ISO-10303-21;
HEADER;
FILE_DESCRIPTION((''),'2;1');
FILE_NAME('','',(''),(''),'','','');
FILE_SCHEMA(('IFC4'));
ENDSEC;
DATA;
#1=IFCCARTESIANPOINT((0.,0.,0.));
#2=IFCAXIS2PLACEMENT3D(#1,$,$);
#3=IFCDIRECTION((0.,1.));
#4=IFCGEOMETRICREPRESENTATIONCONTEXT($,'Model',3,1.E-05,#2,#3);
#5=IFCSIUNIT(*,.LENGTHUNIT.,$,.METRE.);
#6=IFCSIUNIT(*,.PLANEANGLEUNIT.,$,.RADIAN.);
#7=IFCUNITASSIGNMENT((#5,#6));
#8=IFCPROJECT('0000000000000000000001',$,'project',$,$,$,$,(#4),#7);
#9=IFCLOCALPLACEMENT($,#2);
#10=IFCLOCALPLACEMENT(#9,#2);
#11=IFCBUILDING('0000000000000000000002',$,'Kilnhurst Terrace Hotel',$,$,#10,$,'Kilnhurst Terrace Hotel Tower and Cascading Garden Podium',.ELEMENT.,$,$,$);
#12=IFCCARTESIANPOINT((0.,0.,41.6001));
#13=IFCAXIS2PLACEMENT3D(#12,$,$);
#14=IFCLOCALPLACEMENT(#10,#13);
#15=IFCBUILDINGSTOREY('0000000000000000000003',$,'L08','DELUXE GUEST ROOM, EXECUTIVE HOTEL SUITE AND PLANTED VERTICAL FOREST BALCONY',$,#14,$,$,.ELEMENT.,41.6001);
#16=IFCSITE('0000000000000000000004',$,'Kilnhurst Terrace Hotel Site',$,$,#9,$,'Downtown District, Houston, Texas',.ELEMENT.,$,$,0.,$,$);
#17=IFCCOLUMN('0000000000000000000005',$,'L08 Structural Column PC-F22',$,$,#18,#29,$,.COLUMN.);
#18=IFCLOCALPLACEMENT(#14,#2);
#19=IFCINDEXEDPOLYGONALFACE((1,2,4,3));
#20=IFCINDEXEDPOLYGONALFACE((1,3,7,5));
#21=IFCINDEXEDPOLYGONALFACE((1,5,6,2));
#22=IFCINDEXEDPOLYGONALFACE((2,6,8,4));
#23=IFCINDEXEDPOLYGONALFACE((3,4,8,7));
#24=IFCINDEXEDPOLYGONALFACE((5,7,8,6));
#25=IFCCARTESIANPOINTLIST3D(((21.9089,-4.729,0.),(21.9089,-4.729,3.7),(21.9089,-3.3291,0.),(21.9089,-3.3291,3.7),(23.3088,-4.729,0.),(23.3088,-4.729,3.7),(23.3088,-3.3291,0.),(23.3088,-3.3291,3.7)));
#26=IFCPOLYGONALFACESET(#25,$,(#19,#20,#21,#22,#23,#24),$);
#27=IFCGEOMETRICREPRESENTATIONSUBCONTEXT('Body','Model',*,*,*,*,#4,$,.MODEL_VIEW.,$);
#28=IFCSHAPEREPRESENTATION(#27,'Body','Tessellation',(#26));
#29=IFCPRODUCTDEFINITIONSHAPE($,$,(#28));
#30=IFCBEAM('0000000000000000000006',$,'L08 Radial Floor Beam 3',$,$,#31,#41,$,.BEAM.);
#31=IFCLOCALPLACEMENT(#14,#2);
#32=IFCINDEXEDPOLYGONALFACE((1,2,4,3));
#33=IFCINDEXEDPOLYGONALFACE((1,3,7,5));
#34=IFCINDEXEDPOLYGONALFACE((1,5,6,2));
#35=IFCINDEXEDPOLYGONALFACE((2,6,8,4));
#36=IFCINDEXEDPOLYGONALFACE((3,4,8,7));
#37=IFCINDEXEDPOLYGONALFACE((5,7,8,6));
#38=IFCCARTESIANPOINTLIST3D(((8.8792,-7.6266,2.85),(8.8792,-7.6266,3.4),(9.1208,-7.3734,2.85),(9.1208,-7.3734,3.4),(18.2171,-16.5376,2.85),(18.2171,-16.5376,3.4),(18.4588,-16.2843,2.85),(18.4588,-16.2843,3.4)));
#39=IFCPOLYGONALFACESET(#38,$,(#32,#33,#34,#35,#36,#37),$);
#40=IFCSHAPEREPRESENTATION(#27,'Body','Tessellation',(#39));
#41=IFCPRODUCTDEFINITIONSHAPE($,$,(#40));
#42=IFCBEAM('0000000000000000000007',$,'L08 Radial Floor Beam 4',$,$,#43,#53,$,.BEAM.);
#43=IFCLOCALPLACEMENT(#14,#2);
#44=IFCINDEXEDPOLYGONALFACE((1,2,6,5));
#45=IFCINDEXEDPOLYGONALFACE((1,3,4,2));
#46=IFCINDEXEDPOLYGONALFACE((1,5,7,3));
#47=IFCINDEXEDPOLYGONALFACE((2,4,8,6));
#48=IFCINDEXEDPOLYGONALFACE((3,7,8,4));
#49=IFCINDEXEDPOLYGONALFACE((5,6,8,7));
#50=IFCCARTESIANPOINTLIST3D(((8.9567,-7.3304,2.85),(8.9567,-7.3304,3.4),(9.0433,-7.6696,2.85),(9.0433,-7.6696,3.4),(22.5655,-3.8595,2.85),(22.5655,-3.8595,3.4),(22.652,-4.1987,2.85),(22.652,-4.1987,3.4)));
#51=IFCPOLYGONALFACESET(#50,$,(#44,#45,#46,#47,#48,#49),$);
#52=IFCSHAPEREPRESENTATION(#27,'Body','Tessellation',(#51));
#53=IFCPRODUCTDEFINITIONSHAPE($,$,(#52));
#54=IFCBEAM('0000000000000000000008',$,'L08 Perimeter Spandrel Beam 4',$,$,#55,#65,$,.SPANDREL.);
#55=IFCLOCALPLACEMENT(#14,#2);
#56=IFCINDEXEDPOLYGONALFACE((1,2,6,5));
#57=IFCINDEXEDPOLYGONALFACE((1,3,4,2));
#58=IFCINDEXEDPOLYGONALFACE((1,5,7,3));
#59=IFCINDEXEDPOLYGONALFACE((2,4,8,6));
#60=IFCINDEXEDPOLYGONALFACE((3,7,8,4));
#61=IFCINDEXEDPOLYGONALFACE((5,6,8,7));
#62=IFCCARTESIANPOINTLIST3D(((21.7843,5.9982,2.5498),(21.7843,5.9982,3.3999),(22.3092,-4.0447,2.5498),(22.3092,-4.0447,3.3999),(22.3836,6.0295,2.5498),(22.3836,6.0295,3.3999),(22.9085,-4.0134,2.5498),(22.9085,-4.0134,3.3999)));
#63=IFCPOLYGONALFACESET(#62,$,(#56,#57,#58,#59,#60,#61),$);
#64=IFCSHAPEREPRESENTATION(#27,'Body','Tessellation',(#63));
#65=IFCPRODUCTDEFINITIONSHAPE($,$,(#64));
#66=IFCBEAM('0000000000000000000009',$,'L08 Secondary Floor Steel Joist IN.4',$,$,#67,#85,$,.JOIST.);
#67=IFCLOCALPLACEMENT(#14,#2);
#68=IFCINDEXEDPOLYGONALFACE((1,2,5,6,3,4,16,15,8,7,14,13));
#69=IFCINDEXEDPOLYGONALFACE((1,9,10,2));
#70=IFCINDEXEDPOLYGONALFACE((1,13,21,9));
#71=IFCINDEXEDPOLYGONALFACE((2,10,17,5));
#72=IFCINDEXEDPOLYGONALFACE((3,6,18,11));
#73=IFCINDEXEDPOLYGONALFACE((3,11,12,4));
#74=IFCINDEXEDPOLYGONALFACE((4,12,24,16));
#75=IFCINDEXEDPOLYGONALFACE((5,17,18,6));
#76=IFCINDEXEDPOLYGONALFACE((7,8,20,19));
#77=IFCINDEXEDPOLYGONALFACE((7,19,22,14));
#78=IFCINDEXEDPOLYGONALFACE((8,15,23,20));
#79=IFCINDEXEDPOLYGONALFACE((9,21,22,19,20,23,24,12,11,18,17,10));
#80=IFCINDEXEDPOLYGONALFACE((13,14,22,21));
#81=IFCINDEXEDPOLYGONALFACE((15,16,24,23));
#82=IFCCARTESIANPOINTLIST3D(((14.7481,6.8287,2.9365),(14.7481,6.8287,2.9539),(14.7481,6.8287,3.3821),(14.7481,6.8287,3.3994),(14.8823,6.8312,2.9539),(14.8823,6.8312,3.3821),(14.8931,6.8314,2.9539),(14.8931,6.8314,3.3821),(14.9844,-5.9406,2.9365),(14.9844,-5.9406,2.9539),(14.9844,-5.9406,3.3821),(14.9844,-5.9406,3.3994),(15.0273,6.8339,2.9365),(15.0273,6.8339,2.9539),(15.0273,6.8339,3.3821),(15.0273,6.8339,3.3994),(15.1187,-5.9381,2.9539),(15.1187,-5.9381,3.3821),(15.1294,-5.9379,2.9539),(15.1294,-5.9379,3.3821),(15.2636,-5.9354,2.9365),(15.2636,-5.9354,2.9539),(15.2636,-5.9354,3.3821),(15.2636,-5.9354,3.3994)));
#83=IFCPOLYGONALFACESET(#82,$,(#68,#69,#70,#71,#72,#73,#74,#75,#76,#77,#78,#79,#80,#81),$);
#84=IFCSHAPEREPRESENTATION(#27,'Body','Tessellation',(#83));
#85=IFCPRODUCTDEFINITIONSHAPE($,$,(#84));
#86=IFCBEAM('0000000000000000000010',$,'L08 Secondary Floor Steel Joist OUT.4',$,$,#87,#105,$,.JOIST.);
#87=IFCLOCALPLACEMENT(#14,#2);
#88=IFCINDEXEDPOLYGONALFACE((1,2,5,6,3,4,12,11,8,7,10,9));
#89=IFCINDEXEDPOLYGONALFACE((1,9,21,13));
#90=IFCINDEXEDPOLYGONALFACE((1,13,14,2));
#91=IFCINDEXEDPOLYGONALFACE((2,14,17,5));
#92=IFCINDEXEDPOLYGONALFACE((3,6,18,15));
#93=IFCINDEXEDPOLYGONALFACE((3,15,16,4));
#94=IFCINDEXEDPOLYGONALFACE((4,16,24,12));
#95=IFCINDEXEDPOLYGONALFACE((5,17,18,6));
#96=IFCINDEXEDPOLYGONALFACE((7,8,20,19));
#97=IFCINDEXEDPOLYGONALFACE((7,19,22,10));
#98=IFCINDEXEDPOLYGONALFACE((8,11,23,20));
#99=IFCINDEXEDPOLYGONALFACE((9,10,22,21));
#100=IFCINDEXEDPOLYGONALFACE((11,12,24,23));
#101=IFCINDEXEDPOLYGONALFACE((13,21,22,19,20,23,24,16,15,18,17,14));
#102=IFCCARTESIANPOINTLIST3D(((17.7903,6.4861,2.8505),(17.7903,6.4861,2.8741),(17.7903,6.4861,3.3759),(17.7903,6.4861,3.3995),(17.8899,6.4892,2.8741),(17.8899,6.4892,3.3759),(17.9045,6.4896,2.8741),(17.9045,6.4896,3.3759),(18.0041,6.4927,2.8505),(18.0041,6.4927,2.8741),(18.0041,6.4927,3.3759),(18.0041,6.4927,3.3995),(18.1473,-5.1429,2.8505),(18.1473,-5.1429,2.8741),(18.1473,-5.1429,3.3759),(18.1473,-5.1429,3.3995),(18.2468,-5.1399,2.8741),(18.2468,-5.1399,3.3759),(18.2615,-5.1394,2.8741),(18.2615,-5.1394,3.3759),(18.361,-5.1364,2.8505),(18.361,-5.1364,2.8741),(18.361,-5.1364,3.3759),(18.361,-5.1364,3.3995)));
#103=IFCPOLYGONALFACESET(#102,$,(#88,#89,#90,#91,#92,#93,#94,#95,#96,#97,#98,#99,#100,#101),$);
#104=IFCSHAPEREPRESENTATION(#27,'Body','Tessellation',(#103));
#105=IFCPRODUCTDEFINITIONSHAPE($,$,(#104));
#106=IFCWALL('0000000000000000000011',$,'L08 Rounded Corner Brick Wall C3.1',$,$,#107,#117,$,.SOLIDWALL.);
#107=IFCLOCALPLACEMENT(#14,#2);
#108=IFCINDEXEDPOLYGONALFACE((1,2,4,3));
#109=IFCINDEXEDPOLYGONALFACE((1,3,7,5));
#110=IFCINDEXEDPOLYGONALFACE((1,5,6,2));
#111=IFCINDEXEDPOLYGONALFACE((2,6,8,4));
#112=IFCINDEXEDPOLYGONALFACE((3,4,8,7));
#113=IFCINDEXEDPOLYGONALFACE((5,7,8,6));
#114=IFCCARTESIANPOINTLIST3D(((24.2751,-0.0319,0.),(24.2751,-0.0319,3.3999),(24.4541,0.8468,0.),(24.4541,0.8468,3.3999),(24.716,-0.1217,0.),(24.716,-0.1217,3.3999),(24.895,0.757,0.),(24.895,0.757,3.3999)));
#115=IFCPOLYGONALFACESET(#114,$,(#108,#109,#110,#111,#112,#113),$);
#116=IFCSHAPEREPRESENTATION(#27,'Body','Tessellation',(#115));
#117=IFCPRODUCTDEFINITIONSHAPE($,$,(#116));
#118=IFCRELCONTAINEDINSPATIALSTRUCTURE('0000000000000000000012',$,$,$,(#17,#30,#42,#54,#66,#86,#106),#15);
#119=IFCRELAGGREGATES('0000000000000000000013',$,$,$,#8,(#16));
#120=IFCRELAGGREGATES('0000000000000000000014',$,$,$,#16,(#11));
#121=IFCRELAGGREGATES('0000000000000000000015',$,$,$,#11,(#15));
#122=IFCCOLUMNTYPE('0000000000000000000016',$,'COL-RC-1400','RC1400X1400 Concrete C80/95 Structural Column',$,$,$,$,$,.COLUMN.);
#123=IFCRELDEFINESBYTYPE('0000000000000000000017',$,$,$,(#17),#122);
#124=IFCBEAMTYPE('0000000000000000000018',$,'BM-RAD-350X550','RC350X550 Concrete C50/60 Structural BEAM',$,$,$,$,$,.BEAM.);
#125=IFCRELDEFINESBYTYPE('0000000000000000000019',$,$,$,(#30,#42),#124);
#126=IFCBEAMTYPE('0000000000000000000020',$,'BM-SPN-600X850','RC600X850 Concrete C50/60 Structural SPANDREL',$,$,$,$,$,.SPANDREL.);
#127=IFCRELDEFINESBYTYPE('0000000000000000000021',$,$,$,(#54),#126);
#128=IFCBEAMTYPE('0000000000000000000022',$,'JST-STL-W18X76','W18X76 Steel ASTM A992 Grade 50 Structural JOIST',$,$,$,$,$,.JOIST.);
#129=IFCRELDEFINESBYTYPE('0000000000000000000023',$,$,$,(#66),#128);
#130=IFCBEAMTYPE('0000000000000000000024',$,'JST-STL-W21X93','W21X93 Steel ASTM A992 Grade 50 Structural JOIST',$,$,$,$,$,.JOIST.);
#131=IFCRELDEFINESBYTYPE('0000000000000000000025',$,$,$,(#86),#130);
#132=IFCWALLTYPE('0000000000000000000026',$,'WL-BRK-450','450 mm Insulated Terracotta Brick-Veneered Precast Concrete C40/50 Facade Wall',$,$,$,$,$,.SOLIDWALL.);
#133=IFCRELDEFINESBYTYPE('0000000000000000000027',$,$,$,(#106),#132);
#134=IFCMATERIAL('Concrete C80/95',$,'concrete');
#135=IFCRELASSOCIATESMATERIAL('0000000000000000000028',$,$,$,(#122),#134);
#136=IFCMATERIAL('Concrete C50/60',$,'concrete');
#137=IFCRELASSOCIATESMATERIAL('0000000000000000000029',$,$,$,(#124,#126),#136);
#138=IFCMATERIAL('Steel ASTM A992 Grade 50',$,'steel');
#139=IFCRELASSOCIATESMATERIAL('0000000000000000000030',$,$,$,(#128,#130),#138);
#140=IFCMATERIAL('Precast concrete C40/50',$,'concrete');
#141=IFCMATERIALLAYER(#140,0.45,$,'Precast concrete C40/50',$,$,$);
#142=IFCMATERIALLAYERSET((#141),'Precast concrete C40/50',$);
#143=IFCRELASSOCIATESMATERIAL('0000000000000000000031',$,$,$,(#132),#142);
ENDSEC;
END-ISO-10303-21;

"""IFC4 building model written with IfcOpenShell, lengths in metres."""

from ifc_helpers import new_model, si_unit, direction, frame, frame_2d, origin, origin_2d, place, context, subcontext, project, spatial, rectangle, i_section, extrude, material, layer, layer_set, material_profile, profile_set, type_object, element, save


model = new_model("IFC4")

# Units and contexts
model_context = context("Model", 3, precision=1e-05, world=origin(), true_north=direction((0.0, 1.0)))
body_context = subcontext(model_context, "Body", "Model", "MODEL_VIEW")
ifc_project = project(units=[si_unit("LENGTHUNIT", "METRE"), si_unit("PLANEANGLEUNIT", "RADIAN")], contexts=[model_context])

# Site, building, storey
site_placement = place(None, origin())
site = spatial("IfcSite", under=ifc_project, at=site_placement, Name="Kilnhurst Terrace Hotel Site", LongName="Downtown District, Houston, Texas", CompositionType="ELEMENT", RefElevation=0.0)
building_placement = place(site_placement, origin())
building = spatial("IfcBuilding", under=site, at=building_placement, Name="Kilnhurst Terrace Hotel", LongName="Kilnhurst Terrace Hotel Tower and Cascading Garden Podium", CompositionType="ELEMENT")
storey_placement = place(building_placement, frame((0.0, 0.0, 41.6001)))
storey = spatial("IfcBuildingStorey", under=building, at=storey_placement, Name="L08", Description="DELUXE GUEST ROOM, EXECUTIVE HOTEL SUITE AND PLANTED VERTICAL FOREST BALCONY", CompositionType="ELEMENT", Elevation=41.6001)

# Column
ifc_material_1 = material(Name="Concrete C80/95", Category="concrete")
ifc_material_profile_1 = material_profile(ifc_material_1, rectangle(XDim=1.3999, YDim=1.3999, at=origin_2d()), Name="RC1400X1400")
ifc_profile_set_1 = profile_set([ifc_material_profile_1], Name="Concrete C80/95")
column_type = type_object("IfcColumnType", Name="COL-RC-1400", Description="RC1400X1400 Concrete C80/95 Structural Column", PredefinedType="COLUMN", material=ifc_profile_set_1)
column_placement = place(storey_placement, frame((22.6089, -4.0291, 0.0), z_axis=(0.0, 0.0, 1.0), x_axis=(1.0, 0.0, 0.0)))
element("IfcColumn", 1, at=column_placement, inside=storey, type_object=column_type, Name="L08 Structural Column PC-F22", PredefinedType="COLUMN", context=body_context, shape_type="SweptSolid", body=[
    extrude(rectangle(XDim=1.3999, YDim=1.3999, at=origin_2d()), origin(), (0.0, 0.0, 1.0), 3.7),
])

# Beams
ifc_material_2 = material(Name="Concrete C50/60", Category="concrete")
ifc_material_profile_2 = material_profile(ifc_material_2, rectangle(XDim=0.3501, YDim=0.55, at=origin_2d()), Name="RC350X550")
ifc_profile_set_2 = profile_set([ifc_material_profile_2], Name="Concrete C50/60")
beam_type_1 = type_object("IfcBeamType", Name="BM-RAD-350X550", Description="RC350X550 Concrete C50/60 Structural BEAM", PredefinedType="BEAM", material=ifc_profile_set_2)
beam_1_placement = place(storey_placement, frame((9.0, -7.5, 3.125), z_axis=(0.723454, -0.690372, 0.0), x_axis=(0.690372, 0.723454, 0.0)))
element("IfcBeam", 2, at=beam_1_placement, inside=storey, type_object=beam_type_1, Name="L08 Radial Floor Beam 3", PredefinedType="BEAM", context=body_context, shape_type="SweptSolid", body=[
    extrude(rectangle(XDim=0.3501, YDim=0.55, at=origin_2d()), origin(), (0.0, 0.0, 1.0), 12.9075),
])
beam_2_placement = place(storey_placement, frame((9.0, -7.5, 3.125), z_axis=(0.96898, 0.247138, 0.0), x_axis=(-0.247138, 0.96898, 0.0)))
element("IfcBeam", 3, at=beam_2_placement, inside=storey, type_object=beam_type_1, Name="L08 Radial Floor Beam 4", PredefinedType="BEAM", context=body_context, shape_type="SweptSolid", body=[
    extrude(rectangle(XDim=0.3501, YDim=0.55, at=origin_2d()), origin(), (0.0, 0.0, 1.0), 14.0444),
])
ifc_material_profile_3 = material_profile(ifc_material_2, rectangle(XDim=0.6001, YDim=0.8501, at=origin_2d()), Name="RC600X850")
ifc_profile_set_3 = profile_set([ifc_material_profile_3], Name="Concrete C50/60")
beam_type_2 = type_object("IfcBeamType", Name="BM-SPN-600X850", Description="RC600X850 Concrete C50/60 Structural SPANDREL", PredefinedType="SPANDREL", material=ifc_profile_set_3)
beam_3_placement = place(storey_placement, frame((22.6089, -4.0291, 2.9749), z_axis=(-0.052194, 0.998637, 0.0), x_axis=(-0.998637, -0.052194, 0.0)))
element("IfcBeam", 4, at=beam_3_placement, inside=storey, type_object=beam_type_2, Name="L08 Perimeter Spandrel Beam 4", PredefinedType="SPANDREL", context=body_context, shape_type="SweptSolid", body=[
    extrude(rectangle(XDim=0.6001, YDim=0.8501, at=origin_2d()), origin(), (0.0, 0.0, 1.0), 10.0566),
])
ifc_material_3 = material(Name="Steel ASTM A992 Grade 50", Category="steel")
ifc_material_profile_4 = material_profile(ifc_material_3, i_section(OverallWidth=0.2793, OverallDepth=0.4629, WebThickness=0.0107, FlangeThickness=0.0173, at=origin_2d()), Name="W18X76")
ifc_profile_set_4 = profile_set([ifc_material_profile_4], Name="Steel ASTM A992 Grade 50")
beam_type_3 = type_object("IfcBeamType", Name="JST-STL-W18X76", Description="W18X76 Steel ASTM A992 Grade 50 Structural JOIST", PredefinedType="JOIST", material=ifc_profile_set_4)
beam_4_placement = place(storey_placement, frame((15.124, -5.938, 3.168), z_axis=(-0.018504, 0.999829, 0.0), x_axis=(-0.999829, -0.018504, 0.0)))
element("IfcBeam", 5, at=beam_4_placement, inside=storey, type_object=beam_type_3, Name="L08 Secondary Floor Steel Joist IN.4", PredefinedType="JOIST", context=body_context, shape_type="SweptSolid", body=[
    extrude(i_section(OverallWidth=0.2793, OverallDepth=0.4629, WebThickness=0.0107, FlangeThickness=0.0173, at=origin_2d()), origin(), (0.0, 0.0, 1.0), 12.7715),
])
ifc_material_profile_5 = material_profile(ifc_material_3, i_section(OverallWidth=0.2139, OverallDepth=0.5491, WebThickness=0.0146, FlangeThickness=0.0237, at=origin_2d()), Name="W21X93")
ifc_profile_set_5 = profile_set([ifc_material_profile_5], Name="Steel ASTM A992 Grade 50")
beam_type_4 = type_object("IfcBeamType", Name="JST-STL-W21X93", Description="W21X93 Steel ASTM A992 Grade 50 Structural JOIST", PredefinedType="JOIST", material=ifc_profile_set_5)
beam_5_placement = place(storey_placement, frame((18.2542, -5.1396, 3.125), z_axis=(-0.030679, 0.999529, 0.0), x_axis=(-0.999529, -0.030679, 0.0)))
element("IfcBeam", 6, at=beam_5_placement, inside=storey, type_object=beam_type_4, Name="L08 Secondary Floor Steel Joist OUT.4", PredefinedType="JOIST", context=body_context, shape_type="SweptSolid", body=[
    extrude(i_section(OverallWidth=0.2139, OverallDepth=0.5491, WebThickness=0.0146, FlangeThickness=0.0237, at=origin_2d()), origin(), (0.0, 0.0, 1.0), 11.6345),
])

# Wall
ifc_material_4 = material(Name="Precast concrete C40/50", Category="concrete")
ifc_layer_1 = layer(ifc_material_4, 0.45, Name="Precast concrete C40/50")
ifc_layer_set_1 = layer_set([ifc_layer_1], Name="Precast concrete C40/50")
wall_type_1 = type_object("IfcWallType", Name="WL-BRK-450", Description="450 mm Insulated Terracotta Brick-Veneered Precast Concrete C40/50 Facade Wall", PredefinedType="SOLIDWALL", material=ifc_layer_set_1)
wall_1_placement = place(storey_placement, frame((24.4956, -0.0767, 0.0), z_axis=(0.0, 0.0, 1.0), x_axis=(0.199571, 0.979883, 0.0)))
element("IfcWall", 7, at=wall_1_placement, inside=storey, type_object=wall_type_1, Name="L08 Rounded Corner Brick Wall C3.1", PredefinedType="SOLIDWALL", context=body_context, shape_type="SweptSolid", body=[
    extrude(rectangle(XDim=0.8967, YDim=0.45, at=frame_2d((0.4482, 0.0))), origin(), (0.0, 0.0, 1.0), 3.3999),
])

save(model, "model.ifc")
